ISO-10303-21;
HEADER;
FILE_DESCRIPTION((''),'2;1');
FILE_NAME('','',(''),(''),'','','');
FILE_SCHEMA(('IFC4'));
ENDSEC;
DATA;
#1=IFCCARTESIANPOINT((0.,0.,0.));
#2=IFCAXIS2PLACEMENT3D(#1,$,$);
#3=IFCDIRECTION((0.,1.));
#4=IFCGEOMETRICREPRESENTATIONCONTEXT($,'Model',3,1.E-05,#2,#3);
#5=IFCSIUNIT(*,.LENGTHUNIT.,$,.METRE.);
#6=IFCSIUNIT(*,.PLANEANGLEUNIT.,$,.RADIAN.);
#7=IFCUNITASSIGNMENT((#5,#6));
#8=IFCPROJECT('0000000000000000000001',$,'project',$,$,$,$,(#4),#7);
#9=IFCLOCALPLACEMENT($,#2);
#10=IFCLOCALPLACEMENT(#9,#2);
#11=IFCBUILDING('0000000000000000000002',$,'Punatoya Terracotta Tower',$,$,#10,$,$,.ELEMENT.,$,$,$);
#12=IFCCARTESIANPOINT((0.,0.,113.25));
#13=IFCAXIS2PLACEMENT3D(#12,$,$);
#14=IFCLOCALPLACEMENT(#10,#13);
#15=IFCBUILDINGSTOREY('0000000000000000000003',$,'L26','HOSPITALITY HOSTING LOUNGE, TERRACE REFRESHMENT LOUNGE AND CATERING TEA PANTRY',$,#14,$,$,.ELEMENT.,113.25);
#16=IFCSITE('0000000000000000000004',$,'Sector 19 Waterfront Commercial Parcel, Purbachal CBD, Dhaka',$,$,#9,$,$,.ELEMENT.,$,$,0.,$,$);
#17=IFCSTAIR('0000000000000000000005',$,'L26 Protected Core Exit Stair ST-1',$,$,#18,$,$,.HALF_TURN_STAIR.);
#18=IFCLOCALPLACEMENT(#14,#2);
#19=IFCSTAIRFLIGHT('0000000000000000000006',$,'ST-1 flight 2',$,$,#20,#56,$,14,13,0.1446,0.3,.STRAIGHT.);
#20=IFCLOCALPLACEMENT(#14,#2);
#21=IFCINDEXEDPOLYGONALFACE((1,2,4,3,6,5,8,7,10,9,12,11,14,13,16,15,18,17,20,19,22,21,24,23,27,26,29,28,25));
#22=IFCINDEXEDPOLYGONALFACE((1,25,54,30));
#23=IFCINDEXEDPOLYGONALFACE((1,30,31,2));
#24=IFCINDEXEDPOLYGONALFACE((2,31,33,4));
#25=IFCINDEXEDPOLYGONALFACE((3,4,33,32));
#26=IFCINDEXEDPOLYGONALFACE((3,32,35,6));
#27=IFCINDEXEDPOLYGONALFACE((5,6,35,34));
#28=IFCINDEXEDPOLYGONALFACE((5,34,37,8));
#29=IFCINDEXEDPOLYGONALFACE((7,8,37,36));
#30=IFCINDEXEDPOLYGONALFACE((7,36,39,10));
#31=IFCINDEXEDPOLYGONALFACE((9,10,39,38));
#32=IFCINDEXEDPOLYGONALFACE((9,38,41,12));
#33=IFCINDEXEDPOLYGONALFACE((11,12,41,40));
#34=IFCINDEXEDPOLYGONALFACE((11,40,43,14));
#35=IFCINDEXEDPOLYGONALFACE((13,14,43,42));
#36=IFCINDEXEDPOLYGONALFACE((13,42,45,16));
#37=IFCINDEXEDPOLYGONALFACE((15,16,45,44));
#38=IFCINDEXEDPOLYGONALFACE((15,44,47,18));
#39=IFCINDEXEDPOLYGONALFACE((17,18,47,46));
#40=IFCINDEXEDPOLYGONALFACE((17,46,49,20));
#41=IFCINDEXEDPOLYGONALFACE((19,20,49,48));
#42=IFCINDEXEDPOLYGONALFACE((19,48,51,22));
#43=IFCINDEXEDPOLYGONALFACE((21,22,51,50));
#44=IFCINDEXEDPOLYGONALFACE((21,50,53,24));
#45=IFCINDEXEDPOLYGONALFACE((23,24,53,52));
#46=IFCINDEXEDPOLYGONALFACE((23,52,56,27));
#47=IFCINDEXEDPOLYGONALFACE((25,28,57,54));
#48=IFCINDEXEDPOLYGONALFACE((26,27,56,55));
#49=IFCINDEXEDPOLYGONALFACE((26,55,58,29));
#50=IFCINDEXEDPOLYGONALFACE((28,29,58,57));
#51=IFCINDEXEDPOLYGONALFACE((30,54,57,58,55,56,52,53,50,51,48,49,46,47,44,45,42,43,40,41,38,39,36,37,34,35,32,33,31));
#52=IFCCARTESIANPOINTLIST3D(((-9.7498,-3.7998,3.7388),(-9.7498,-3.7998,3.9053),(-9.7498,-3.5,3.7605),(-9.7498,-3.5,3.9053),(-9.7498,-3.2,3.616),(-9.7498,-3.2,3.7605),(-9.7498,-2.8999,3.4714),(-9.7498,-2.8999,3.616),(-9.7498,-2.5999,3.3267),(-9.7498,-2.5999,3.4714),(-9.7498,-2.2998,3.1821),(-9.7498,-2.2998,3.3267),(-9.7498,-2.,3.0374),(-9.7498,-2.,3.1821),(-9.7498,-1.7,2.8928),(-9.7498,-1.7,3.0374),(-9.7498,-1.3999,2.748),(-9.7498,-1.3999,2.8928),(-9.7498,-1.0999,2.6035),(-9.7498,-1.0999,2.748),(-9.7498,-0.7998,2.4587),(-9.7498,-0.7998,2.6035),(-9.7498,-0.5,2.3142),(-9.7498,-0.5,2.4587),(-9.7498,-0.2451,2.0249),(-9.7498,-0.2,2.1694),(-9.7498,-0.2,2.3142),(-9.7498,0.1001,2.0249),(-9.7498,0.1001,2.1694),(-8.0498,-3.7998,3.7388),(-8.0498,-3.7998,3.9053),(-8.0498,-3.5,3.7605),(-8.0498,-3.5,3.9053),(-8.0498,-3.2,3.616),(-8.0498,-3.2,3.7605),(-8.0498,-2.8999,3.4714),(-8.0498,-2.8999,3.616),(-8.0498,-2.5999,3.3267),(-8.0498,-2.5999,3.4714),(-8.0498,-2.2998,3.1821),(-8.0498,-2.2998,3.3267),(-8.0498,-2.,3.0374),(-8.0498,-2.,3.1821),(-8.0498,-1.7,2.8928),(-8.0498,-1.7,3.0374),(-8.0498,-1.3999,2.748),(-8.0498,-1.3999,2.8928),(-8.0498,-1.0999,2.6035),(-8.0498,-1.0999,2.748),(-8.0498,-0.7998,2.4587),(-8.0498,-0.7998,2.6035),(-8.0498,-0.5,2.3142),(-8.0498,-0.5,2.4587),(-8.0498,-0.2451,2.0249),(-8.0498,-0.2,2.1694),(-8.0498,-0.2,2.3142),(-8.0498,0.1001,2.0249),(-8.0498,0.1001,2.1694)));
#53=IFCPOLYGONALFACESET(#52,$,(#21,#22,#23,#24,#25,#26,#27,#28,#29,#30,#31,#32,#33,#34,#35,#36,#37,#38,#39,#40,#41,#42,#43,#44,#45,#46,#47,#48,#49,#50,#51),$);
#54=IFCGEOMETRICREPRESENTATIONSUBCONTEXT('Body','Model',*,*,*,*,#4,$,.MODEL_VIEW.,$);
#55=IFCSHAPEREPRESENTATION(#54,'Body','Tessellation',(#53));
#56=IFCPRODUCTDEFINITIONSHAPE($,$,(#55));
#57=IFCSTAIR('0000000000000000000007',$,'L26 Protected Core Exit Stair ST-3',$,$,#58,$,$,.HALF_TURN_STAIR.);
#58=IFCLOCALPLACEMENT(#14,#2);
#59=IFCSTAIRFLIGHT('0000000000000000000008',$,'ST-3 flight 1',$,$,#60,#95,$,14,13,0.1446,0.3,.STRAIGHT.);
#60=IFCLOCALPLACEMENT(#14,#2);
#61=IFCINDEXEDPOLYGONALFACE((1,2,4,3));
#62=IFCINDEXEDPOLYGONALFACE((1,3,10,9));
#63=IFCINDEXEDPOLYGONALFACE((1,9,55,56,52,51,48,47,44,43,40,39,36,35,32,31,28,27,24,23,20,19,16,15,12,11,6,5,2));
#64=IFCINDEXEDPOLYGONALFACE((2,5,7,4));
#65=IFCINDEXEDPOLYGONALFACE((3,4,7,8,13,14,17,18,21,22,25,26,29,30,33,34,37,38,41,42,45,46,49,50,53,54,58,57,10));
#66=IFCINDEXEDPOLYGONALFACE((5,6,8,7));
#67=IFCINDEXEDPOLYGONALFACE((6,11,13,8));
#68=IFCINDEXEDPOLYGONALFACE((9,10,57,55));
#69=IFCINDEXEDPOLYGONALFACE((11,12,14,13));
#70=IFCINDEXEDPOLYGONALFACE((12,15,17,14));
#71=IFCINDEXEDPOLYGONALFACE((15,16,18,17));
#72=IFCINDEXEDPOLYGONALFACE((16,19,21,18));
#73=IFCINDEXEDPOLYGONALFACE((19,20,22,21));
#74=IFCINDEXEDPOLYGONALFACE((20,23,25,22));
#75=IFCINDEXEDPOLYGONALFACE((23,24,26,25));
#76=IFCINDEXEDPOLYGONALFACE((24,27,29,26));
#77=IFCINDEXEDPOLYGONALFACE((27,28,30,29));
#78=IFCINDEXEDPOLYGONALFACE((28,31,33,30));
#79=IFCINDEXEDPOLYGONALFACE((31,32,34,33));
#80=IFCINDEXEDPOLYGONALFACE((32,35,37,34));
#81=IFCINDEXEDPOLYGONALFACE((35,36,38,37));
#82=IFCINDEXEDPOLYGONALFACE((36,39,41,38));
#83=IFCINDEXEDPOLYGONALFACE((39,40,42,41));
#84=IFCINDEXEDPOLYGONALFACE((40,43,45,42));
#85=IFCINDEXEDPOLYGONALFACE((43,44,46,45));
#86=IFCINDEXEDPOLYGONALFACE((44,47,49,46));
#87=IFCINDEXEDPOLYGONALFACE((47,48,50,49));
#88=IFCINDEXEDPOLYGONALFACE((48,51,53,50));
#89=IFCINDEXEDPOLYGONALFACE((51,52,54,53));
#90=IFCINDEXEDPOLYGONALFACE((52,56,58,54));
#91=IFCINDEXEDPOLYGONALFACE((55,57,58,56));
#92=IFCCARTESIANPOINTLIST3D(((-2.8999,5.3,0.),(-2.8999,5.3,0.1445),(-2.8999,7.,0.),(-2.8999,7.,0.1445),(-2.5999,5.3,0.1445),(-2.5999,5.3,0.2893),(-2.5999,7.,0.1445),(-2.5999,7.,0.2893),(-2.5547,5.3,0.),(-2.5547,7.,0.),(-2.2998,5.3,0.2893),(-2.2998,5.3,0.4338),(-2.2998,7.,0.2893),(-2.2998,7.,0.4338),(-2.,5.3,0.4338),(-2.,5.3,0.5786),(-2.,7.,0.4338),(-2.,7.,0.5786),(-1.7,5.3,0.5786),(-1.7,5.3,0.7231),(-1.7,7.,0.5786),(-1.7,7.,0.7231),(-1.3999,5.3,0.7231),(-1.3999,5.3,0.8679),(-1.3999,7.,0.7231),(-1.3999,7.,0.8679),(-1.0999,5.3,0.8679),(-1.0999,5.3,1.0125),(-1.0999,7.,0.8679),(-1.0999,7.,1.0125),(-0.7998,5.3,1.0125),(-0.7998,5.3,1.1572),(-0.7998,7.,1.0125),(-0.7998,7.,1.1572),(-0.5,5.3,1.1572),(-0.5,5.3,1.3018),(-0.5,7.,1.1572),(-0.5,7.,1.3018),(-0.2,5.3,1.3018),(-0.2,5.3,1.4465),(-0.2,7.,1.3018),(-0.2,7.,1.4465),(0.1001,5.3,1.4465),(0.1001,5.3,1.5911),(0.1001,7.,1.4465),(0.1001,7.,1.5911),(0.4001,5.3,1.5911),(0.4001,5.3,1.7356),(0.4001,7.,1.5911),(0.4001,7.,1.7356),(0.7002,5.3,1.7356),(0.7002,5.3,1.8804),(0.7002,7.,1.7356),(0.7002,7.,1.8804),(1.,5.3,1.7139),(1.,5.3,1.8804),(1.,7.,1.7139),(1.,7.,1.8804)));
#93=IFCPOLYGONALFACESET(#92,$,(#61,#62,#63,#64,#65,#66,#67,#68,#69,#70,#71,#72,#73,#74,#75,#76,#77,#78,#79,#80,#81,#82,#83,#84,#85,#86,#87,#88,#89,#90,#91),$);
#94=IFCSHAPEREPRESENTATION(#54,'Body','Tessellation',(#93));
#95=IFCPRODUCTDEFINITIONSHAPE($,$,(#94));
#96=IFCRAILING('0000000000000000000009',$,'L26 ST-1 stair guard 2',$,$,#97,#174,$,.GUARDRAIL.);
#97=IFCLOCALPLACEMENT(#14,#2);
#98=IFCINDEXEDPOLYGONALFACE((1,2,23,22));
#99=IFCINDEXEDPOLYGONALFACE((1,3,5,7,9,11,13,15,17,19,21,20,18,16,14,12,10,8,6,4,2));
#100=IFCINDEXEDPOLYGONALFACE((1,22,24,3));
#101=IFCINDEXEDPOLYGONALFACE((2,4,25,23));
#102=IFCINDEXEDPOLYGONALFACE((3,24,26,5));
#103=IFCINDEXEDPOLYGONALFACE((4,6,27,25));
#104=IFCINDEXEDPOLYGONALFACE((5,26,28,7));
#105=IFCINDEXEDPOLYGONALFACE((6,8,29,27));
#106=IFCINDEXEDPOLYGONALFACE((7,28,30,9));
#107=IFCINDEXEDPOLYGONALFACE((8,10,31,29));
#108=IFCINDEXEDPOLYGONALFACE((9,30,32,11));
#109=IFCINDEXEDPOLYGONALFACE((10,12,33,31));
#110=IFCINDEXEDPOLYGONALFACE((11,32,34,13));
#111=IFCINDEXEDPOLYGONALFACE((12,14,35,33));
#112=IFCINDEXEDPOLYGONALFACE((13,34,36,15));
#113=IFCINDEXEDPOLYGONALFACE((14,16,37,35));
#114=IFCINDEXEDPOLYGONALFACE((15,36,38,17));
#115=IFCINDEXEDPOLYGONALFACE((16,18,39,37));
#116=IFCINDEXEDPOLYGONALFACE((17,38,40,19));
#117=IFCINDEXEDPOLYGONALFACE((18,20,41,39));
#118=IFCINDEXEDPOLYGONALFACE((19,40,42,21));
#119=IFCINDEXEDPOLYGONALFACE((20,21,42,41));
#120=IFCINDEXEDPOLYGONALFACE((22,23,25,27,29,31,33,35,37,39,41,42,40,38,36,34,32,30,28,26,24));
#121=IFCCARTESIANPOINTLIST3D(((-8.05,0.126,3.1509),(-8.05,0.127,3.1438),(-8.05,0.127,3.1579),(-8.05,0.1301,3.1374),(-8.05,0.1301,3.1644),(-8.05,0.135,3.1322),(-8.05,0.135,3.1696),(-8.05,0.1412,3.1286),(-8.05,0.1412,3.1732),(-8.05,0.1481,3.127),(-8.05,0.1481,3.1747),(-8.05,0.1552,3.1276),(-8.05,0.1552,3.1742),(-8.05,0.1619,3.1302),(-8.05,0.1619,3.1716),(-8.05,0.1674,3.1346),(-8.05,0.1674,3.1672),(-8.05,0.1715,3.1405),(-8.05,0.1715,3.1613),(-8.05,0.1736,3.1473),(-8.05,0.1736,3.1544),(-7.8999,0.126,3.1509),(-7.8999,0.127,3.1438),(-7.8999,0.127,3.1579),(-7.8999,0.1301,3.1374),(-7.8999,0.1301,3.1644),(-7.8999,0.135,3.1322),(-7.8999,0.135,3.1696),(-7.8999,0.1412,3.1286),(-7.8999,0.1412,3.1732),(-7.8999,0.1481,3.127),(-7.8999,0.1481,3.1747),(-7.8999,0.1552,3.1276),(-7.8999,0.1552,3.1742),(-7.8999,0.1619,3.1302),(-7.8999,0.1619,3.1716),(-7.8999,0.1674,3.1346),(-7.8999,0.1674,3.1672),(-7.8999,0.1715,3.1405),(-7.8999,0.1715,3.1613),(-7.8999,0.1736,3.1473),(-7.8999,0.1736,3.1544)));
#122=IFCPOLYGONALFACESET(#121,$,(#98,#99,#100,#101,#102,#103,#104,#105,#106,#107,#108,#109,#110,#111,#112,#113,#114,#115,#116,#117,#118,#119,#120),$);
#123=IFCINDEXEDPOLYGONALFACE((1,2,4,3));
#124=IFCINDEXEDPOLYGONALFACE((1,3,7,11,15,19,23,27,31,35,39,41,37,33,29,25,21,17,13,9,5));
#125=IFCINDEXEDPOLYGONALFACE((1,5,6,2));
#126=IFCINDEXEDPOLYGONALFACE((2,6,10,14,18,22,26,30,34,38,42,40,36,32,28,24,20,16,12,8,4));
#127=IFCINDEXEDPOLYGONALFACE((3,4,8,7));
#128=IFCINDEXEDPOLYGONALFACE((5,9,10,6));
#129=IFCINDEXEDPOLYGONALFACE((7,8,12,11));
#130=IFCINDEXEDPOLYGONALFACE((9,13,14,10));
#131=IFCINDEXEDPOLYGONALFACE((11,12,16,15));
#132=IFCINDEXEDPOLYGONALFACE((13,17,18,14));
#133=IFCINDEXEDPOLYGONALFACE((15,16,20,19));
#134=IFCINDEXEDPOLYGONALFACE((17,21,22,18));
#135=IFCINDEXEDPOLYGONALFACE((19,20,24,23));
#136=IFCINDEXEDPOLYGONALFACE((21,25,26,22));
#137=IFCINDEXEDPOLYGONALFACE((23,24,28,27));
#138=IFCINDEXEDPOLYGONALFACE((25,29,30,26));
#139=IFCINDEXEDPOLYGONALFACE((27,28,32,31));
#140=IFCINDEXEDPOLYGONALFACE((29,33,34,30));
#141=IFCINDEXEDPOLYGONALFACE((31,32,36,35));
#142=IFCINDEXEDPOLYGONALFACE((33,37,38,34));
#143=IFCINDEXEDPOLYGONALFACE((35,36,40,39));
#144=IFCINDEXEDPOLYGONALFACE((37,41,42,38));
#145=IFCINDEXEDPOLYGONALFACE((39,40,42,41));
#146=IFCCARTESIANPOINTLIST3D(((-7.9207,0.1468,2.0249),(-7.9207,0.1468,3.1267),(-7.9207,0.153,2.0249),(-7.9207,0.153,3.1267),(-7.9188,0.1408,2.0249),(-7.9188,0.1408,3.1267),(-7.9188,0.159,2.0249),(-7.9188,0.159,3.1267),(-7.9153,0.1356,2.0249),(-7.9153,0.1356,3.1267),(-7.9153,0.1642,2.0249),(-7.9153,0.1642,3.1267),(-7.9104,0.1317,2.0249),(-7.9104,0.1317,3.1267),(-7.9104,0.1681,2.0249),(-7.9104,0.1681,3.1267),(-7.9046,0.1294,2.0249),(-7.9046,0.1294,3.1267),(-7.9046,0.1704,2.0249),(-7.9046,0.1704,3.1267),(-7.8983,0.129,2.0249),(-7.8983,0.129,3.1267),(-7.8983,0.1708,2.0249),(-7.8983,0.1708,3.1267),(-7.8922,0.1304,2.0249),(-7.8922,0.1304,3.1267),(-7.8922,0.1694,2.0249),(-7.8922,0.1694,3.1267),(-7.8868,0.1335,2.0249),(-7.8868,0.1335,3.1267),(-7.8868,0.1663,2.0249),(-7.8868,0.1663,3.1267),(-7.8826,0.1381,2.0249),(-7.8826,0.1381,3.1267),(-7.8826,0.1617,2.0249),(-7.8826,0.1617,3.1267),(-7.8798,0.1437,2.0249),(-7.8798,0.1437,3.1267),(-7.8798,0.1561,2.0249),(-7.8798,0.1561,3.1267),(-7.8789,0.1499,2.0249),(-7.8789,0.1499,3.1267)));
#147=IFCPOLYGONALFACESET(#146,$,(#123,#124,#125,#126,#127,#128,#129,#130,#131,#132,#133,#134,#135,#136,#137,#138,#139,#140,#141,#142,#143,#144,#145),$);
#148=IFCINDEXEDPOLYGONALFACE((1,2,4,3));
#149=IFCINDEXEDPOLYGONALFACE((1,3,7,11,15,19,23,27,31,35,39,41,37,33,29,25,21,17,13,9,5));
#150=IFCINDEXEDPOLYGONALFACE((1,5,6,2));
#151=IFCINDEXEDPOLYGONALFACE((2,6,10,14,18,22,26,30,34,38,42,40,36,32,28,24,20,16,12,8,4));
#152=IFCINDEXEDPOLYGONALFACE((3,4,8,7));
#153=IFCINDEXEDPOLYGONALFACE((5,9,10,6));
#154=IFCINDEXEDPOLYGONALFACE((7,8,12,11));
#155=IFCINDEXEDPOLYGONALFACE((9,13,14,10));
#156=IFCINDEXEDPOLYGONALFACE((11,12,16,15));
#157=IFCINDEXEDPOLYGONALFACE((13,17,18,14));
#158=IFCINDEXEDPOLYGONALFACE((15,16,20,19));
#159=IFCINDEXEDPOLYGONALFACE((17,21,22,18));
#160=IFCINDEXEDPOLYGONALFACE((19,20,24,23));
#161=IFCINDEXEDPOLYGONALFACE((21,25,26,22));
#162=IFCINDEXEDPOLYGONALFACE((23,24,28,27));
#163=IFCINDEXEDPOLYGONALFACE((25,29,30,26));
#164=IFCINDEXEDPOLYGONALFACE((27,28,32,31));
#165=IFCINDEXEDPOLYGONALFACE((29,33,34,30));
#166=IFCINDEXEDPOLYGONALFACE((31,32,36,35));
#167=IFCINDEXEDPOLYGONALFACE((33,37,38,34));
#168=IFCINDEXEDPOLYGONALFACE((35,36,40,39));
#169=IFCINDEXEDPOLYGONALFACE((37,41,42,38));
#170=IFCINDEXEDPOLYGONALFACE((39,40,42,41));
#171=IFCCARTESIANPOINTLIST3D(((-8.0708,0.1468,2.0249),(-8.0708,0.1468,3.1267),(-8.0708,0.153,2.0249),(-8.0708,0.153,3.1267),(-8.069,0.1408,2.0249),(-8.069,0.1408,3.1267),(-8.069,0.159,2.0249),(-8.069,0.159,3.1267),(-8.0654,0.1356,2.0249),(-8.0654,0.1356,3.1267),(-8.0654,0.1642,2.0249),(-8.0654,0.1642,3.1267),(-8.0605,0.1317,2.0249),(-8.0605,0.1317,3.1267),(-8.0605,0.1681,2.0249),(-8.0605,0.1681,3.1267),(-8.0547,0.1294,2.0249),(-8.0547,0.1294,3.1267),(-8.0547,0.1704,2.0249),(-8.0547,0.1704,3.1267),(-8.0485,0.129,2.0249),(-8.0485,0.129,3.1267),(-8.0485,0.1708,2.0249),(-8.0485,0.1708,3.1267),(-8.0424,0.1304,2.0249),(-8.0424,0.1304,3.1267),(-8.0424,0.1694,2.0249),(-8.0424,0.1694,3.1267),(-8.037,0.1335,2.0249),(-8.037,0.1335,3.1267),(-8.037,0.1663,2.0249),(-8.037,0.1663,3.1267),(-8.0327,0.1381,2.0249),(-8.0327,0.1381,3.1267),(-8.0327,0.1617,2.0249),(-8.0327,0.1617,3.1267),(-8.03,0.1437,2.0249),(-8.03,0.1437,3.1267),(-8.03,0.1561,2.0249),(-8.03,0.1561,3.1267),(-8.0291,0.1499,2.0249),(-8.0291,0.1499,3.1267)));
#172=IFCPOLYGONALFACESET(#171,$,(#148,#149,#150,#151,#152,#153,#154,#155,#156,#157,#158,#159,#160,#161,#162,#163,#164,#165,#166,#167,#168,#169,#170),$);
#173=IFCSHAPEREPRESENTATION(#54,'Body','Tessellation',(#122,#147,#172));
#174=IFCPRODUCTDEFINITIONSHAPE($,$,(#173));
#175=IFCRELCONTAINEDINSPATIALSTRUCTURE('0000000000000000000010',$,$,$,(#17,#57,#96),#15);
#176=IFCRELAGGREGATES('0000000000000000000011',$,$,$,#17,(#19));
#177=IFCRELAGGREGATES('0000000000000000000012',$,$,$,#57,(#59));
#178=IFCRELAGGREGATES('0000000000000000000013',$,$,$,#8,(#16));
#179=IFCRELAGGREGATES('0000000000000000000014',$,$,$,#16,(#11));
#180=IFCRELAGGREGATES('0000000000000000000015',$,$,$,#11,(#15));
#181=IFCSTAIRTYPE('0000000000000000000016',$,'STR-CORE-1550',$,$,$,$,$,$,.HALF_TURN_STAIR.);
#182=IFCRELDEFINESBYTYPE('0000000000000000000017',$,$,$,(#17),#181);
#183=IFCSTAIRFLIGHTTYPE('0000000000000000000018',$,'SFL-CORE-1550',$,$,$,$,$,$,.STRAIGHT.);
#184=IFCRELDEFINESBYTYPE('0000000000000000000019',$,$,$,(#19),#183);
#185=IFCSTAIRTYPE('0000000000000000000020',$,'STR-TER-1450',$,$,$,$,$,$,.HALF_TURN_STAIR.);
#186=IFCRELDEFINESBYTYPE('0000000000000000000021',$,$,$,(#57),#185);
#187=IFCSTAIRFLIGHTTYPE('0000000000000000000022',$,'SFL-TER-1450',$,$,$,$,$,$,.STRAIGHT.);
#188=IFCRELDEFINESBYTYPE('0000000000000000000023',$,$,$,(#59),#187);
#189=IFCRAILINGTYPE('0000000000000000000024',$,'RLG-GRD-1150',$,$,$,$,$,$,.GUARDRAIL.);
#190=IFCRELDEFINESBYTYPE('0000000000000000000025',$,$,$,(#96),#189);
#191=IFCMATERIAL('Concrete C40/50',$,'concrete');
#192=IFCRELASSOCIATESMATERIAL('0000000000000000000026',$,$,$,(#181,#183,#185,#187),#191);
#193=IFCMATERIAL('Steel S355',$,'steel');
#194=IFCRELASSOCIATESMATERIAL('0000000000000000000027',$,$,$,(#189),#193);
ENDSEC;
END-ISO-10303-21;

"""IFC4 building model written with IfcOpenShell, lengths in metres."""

from ifc_helpers import new_model, si_unit, direction, frame, origin, origin_2d, place, context, subcontext, project, spatial, polyline, circle, outline, extrude, material, type_object, element, aggregate, save


model = new_model("IFC4")

# Units and contexts
model_context = context("Model", 3, precision=1e-05, world=origin(), true_north=direction((0.0, 1.0)))
body_context = subcontext(model_context, "Body", "Model", "MODEL_VIEW")
ifc_project = project(units=[si_unit("LENGTHUNIT", "METRE"), si_unit("PLANEANGLEUNIT", "RADIAN")], contexts=[model_context])

# Site, building, storey
site_placement = place(None, origin())
site = spatial("IfcSite", under=ifc_project, at=site_placement, Name="Sector 19 Waterfront Commercial Parcel, Purbachal CBD, Dhaka", CompositionType="ELEMENT", RefElevation=0.0)
building_placement = place(site_placement, origin())
building = spatial("IfcBuilding", under=site, at=building_placement, Name="Punatoya Terracotta Tower", CompositionType="ELEMENT")
storey_placement = place(building_placement, frame((0.0, 0.0, 113.25)))
storey = spatial("IfcBuildingStorey", under=building, at=storey_placement, Name="L26", Description="HOSPITALITY HOSTING LOUNGE, TERRACE REFRESHMENT LOUNGE AND CATERING TEA PANTRY", CompositionType="ELEMENT", Elevation=113.25)

# Shared definitions
ifc_material_1 = material(Name="Steel S355", Category="steel")

# Shared definitions
ifc_material_2 = material(Name="Concrete C40/50", Category="concrete")

# Stairs, stair flights
stair_type_1 = type_object("IfcStairType", Name="STR-CORE-1550", PredefinedType="HALF_TURN_STAIR", material=ifc_material_2)
stair_1_placement = place(storey_placement, origin())
stair_1 = element("IfcStair", 1, at=stair_1_placement, inside=storey, type_object=stair_type_1, Name="L26 Protected Core Exit Stair ST-1", PredefinedType="HALF_TURN_STAIR")
stair_flight_type_1 = type_object("IfcStairFlightType", Name="SFL-CORE-1550", PredefinedType="STRAIGHT", material=ifc_material_2)
stair_flight_1_placement = place(storey_placement, frame((-8.8999, 0.1001, 2.0249), z_axis=(0.0, 0.0, 1.0), x_axis=(0.0, -1.0, 0.0)))
stair_flight_1 = element("IfcStairFlight", 2, at=stair_flight_1_placement, type_object=stair_flight_type_1, Name="ST-1 flight 2", NumberOfRisers=14, NumberOfTreads=13, PredefinedType="STRAIGHT", RiserHeight=0.1446, TreadLength=0.3, context=body_context, shape_type="SweptSolid", body=[
    extrude(outline(polyline([(0.0, 0.0), (0.0, 0.1445), (0.3, 0.1445), (0.3, 0.2893), (0.6001, 0.2893), (0.6001, 0.4338), (0.8999, 0.4338), (0.8999, 0.5786), (1.2, 0.5786), (1.2, 0.7231), (1.5, 0.7231), (1.5, 0.8679), (1.8, 0.8679), (1.8, 1.0125), (2.1001, 1.0125), (2.1001, 1.1572), (2.3999, 1.1572), (2.3999, 1.3018), (2.7, 1.3018), (2.7, 1.4465), (3.0, 1.4465), (3.0, 1.5911), (3.3, 1.5911), (3.3, 1.7356), (3.6001, 1.7356), (3.6001, 1.8804), (3.8999, 1.8804), (3.8999, 2.0249), (3.8999, 1.7139), (0.3452, 0.0), (0.0, 0.0)])), frame((0.0, 0.8501, 0.0), z_axis=(0.0, -1.0, 0.0), x_axis=(1.0, 0.0, 0.0)), (0.0, 0.0, 1.0), 1.7),
])
aggregate(stair_1, [stair_flight_1])
stair_type_2 = type_object("IfcStairType", Name="STR-TER-1450", PredefinedType="HALF_TURN_STAIR", material=ifc_material_2)
stair_2_placement = place(storey_placement, origin())
stair_2 = element("IfcStair", 3, at=stair_2_placement, inside=storey, type_object=stair_type_2, Name="L26 Protected Core Exit Stair ST-3", PredefinedType="HALF_TURN_STAIR")
stair_flight_type_2 = type_object("IfcStairFlightType", Name="SFL-TER-1450", PredefinedType="STRAIGHT", material=ifc_material_2)
stair_flight_2_placement = place(storey_placement, frame((-2.8999, 6.1499, 0.0), z_axis=(0.0, 0.0, 1.0), x_axis=(1.0, 0.0, 0.0)))
stair_flight_2 = element("IfcStairFlight", 4, at=stair_flight_2_placement, type_object=stair_flight_type_2, Name="ST-3 flight 1", NumberOfRisers=14, NumberOfTreads=13, PredefinedType="STRAIGHT", RiserHeight=0.1446, TreadLength=0.3, context=body_context, shape_type="SweptSolid", body=[
    extrude(outline(polyline([(0.0, 0.0), (0.0, 0.1445), (0.3, 0.1445), (0.3, 0.2893), (0.6001, 0.2893), (0.6001, 0.4338), (0.8999, 0.4338), (0.8999, 0.5786), (1.2, 0.5786), (1.2, 0.7231), (1.5, 0.7231), (1.5, 0.8679), (1.8, 0.8679), (1.8, 1.0125), (2.1001, 1.0125), (2.1001, 1.1572), (2.3999, 1.1572), (2.3999, 1.3018), (2.7, 1.3018), (2.7, 1.4465), (3.0, 1.4465), (3.0, 1.5911), (3.3, 1.5911), (3.3, 1.7356), (3.6001, 1.7356), (3.6001, 1.8804), (3.8999, 1.8804), (3.8999, 2.0249), (3.8999, 1.7139), (0.3452, 0.0), (0.0, 0.0)])), frame((0.0, 0.8501, 0.0), z_axis=(0.0, -1.0, 0.0), x_axis=(1.0, 0.0, 0.0)), (0.0, 0.0, 1.0), 1.7),
])
aggregate(stair_2, [stair_flight_2])

# Railing
railing_type_1 = type_object("IfcRailingType", Name="RLG-GRD-1150", PredefinedType="GUARDRAIL", material=ifc_material_1)
railing_1_placement = place(storey_placement, frame((-7.8999, 0.1499, 2.0249)))
element("IfcRailing", 5, at=railing_1_placement, inside=storey, type_object=railing_type_1, Name="L26 ST-1 stair guard 2", PredefinedType="GUARDRAIL", context=body_context, shape_type="SweptSolid", body=[
    extrude(circle(Radius=0.0239, at=origin_2d()), frame((0.0, 0.0, 1.126), z_axis=(-1.0, 0.0, 0.0), x_axis=(0.0, -1.0, 0.0)), (0.0, 0.0, 1.0), 0.1501),
    extrude(circle(Radius=0.021, at=origin_2d()), origin(), (0.0, 0.0, 1.0), 1.1018),
    extrude(circle(Radius=0.021, at=origin_2d()), frame((-0.1501, 0.0, 0.0)), (0.0, 0.0, 1.0), 1.1018),
])

save(model, "model.ifc")
